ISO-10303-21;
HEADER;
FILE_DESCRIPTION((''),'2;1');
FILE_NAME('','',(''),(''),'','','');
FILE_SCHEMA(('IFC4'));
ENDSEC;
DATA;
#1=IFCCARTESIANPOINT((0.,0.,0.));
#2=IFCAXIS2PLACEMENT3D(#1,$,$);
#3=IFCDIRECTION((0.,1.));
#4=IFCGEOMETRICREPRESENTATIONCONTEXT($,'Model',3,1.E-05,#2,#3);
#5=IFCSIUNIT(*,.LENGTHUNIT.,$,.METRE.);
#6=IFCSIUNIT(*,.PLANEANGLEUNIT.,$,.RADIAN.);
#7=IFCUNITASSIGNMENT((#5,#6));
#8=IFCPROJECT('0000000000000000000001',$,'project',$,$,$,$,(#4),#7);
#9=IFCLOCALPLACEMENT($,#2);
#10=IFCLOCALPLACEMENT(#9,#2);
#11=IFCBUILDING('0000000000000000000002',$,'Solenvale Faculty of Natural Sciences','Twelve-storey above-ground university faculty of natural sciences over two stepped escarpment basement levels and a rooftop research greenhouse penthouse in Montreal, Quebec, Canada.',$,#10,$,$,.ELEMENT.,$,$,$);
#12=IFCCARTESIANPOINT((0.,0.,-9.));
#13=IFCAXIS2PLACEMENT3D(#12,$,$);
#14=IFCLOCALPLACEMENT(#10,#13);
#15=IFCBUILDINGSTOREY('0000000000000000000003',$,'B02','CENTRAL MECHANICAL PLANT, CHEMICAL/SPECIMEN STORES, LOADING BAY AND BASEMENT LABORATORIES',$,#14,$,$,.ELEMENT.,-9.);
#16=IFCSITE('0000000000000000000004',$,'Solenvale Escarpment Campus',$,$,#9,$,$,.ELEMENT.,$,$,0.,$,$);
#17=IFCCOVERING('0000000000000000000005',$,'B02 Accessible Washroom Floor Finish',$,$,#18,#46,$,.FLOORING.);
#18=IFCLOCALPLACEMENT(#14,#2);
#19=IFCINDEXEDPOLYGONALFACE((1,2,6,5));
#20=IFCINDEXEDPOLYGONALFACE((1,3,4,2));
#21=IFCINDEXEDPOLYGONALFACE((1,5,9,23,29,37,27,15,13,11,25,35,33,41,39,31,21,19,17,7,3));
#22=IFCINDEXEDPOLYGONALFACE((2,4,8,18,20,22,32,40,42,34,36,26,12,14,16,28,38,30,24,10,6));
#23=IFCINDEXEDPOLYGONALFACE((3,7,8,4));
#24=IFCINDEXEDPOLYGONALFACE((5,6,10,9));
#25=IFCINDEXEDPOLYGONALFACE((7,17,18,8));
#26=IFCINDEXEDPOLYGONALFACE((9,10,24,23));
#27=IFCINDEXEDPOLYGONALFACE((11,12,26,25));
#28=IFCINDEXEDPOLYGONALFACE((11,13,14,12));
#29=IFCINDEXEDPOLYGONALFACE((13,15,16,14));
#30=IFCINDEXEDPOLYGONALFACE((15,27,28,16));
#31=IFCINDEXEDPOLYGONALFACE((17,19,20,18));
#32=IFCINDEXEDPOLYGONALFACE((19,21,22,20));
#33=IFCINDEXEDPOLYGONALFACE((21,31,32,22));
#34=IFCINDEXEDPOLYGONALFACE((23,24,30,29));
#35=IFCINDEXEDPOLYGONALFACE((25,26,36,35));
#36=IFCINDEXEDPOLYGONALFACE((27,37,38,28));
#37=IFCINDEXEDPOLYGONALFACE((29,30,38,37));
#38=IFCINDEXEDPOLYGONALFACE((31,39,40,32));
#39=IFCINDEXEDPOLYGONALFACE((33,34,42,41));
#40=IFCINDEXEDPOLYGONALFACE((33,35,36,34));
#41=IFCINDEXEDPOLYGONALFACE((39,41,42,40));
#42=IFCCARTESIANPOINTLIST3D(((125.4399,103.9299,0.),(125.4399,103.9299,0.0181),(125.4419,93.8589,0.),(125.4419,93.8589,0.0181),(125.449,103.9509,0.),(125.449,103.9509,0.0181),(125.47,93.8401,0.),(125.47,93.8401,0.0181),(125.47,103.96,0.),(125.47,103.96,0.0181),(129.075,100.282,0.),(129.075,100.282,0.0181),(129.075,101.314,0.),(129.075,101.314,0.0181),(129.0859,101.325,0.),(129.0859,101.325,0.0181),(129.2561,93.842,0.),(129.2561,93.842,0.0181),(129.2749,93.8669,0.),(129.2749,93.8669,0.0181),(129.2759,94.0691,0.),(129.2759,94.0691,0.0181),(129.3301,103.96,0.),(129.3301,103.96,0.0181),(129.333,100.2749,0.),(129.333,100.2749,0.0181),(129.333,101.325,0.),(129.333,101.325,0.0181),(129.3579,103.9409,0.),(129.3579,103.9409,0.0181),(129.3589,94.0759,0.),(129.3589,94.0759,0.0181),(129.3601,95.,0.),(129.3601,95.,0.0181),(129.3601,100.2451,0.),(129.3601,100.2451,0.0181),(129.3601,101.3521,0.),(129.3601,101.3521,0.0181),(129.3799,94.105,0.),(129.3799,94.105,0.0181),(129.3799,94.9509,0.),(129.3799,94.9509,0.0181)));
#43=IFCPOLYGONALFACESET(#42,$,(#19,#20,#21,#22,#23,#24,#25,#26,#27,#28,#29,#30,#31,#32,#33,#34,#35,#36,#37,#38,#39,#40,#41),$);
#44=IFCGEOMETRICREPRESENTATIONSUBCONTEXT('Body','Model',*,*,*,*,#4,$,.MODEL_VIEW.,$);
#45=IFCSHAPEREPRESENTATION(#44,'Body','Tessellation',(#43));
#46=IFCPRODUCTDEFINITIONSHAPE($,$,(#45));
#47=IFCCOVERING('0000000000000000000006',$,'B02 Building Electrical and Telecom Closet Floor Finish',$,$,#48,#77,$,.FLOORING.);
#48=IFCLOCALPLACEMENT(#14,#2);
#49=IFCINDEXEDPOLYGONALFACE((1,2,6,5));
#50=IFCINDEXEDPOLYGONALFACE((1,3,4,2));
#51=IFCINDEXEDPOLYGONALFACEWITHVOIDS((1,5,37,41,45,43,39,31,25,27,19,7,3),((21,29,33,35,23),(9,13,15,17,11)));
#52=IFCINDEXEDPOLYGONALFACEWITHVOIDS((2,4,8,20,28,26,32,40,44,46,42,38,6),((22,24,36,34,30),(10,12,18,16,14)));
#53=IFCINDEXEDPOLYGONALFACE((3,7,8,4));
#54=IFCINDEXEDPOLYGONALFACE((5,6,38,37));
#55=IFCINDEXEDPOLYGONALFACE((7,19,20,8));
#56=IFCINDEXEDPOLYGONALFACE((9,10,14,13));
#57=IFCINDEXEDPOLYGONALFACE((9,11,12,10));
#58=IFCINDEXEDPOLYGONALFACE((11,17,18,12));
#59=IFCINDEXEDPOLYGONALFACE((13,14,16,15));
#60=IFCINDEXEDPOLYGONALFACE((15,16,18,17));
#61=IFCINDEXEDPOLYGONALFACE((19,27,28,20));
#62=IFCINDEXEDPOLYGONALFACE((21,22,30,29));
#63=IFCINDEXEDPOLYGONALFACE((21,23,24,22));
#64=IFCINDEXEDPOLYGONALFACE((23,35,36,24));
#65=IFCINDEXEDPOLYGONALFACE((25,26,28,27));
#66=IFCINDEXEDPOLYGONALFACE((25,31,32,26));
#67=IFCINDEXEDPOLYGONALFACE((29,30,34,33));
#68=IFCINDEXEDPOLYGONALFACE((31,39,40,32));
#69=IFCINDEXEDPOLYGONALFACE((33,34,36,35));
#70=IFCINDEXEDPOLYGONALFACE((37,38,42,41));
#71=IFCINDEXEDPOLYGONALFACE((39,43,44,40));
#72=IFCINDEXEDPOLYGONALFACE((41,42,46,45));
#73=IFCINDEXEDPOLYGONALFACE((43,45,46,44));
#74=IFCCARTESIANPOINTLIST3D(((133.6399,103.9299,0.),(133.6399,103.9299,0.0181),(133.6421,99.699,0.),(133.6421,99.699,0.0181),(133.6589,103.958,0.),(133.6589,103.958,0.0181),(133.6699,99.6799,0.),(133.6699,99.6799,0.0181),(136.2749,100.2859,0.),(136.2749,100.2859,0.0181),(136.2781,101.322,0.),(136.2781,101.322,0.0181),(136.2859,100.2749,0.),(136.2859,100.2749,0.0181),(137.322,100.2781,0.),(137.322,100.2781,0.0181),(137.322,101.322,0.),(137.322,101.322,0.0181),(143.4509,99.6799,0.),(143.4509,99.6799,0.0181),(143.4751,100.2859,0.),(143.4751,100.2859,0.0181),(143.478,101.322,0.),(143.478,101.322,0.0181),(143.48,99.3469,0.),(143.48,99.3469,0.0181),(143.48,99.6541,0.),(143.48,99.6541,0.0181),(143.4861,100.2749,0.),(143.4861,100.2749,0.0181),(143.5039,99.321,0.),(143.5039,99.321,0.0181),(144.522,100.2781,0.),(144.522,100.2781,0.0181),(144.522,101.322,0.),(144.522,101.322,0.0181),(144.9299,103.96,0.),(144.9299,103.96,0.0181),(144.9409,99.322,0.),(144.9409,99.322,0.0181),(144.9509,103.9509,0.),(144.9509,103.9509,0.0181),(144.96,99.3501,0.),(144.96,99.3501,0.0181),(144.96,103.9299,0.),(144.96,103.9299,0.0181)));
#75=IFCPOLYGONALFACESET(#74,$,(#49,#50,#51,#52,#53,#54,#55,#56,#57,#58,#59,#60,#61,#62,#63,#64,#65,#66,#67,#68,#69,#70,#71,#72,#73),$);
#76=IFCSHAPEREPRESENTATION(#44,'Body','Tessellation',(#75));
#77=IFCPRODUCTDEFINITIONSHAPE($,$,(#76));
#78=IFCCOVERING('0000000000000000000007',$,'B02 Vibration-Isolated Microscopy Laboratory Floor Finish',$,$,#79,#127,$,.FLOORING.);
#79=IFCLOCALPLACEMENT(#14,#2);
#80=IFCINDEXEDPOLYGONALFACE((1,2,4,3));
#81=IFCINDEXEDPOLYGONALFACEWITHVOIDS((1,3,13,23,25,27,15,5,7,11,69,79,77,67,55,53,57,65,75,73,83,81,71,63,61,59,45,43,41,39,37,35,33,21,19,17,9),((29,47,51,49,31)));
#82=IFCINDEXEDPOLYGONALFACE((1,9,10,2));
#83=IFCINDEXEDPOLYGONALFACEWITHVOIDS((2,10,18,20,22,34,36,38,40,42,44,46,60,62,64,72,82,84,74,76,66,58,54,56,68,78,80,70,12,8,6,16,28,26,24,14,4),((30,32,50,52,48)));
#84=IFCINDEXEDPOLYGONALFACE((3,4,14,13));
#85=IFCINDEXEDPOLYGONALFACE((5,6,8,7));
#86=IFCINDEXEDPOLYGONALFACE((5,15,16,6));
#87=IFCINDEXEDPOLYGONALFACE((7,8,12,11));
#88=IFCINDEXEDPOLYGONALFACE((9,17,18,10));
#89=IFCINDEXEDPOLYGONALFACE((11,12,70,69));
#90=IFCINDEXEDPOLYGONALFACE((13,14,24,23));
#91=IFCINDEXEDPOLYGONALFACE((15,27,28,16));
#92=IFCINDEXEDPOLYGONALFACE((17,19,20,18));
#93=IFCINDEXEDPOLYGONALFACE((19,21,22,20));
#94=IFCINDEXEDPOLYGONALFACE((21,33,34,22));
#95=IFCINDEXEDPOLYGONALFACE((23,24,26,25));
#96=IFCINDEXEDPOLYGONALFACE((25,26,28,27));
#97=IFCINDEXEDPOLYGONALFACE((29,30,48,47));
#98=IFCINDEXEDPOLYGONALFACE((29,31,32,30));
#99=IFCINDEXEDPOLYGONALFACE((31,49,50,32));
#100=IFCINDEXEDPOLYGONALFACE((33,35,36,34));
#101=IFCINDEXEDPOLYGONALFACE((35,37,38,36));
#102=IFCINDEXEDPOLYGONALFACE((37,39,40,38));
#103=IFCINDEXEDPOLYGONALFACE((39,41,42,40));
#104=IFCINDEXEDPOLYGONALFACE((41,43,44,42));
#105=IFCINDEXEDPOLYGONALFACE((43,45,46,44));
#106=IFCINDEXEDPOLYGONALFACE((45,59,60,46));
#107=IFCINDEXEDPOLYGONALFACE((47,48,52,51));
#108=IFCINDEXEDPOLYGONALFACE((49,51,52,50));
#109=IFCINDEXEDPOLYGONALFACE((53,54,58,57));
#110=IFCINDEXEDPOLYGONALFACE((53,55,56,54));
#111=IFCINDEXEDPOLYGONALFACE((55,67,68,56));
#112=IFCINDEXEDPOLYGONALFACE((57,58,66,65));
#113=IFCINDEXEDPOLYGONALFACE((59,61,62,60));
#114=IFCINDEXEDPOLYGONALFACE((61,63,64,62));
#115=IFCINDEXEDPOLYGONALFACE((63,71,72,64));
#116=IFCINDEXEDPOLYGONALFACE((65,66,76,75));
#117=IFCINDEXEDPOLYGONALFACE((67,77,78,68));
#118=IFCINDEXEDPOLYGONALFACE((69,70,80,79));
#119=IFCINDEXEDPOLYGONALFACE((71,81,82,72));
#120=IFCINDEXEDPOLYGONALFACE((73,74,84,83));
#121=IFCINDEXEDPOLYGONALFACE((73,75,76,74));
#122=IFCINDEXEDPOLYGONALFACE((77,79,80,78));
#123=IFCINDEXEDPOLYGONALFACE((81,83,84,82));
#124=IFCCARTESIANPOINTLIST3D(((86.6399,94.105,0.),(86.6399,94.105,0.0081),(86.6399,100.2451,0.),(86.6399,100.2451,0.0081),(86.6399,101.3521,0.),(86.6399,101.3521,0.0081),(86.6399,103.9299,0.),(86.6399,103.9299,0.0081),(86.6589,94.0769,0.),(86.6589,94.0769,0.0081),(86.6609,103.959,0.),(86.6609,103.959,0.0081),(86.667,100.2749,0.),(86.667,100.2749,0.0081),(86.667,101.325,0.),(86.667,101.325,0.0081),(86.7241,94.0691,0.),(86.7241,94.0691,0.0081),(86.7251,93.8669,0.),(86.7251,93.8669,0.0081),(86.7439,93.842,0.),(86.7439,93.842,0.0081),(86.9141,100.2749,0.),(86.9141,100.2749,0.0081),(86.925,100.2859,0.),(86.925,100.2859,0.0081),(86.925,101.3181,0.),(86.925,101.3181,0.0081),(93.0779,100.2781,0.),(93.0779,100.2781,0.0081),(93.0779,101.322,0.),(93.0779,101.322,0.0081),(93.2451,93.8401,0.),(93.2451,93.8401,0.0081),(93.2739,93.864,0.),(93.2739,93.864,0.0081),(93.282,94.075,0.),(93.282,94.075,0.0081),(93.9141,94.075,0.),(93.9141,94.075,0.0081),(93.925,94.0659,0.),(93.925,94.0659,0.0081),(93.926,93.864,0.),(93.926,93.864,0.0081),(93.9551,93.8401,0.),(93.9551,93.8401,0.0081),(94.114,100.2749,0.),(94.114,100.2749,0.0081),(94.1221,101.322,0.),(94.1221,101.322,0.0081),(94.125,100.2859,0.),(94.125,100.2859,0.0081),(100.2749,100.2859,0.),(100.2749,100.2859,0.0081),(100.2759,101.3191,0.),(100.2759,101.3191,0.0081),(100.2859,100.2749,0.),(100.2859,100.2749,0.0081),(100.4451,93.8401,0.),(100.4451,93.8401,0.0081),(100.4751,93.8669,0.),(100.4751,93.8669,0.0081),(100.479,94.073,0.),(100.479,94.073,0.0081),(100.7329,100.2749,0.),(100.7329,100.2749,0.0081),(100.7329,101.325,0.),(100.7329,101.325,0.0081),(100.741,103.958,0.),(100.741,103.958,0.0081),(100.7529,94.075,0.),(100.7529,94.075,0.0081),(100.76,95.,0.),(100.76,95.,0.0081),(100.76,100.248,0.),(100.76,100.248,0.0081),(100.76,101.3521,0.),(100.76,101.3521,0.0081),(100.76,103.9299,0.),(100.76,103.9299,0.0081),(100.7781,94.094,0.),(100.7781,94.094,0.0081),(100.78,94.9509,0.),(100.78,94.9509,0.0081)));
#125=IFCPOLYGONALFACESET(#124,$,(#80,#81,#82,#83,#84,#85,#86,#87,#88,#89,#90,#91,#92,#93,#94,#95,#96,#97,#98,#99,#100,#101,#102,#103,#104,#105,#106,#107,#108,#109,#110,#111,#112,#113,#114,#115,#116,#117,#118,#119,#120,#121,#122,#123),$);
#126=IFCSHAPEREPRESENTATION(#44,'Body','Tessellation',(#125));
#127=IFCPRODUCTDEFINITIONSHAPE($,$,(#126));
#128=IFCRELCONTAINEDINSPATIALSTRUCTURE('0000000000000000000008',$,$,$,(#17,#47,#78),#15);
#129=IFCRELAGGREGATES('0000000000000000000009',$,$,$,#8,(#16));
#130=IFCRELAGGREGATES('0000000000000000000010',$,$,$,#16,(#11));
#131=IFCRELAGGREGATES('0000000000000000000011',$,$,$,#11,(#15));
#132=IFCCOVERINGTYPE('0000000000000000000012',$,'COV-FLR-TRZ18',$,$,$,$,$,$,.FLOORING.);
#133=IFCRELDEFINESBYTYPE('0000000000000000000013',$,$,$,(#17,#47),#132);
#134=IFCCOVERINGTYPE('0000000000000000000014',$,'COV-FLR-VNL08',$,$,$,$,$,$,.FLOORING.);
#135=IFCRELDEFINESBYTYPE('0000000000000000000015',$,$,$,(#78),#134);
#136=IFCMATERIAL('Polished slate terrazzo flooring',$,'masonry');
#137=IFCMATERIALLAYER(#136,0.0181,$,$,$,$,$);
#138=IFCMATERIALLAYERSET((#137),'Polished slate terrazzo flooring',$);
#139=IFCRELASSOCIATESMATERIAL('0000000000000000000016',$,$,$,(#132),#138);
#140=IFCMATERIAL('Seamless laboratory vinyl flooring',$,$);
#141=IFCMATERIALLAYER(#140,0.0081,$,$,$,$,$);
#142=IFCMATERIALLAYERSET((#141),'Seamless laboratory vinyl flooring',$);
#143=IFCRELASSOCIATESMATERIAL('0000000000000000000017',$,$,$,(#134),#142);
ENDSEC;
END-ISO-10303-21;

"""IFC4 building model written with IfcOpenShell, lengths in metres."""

from ifc_helpers import new_model, si_unit, direction, frame, origin, place, context, subcontext, project, spatial, polyline, outline, extrude, material, layer, layer_set, type_object, element, save


model = new_model("IFC4")

# Units and contexts
model_context = context("Model", 3, precision=1e-05, world=origin(), true_north=direction((0.0, 1.0)))
body_context = subcontext(model_context, "Body", "Model", "MODEL_VIEW")
ifc_project = project(units=[si_unit("LENGTHUNIT", "METRE"), si_unit("PLANEANGLEUNIT", "RADIAN")], contexts=[model_context])

# Site, building, storey
site_placement = place(None, origin())
site = spatial("IfcSite", under=ifc_project, at=site_placement, Name="Solenvale Escarpment Campus", CompositionType="ELEMENT", RefElevation=0.0)
building_placement = place(site_placement, origin())
building = spatial("IfcBuilding", under=site, at=building_placement, Name="Solenvale Faculty of Natural Sciences", Description="Twelve-storey above-ground university faculty of natural sciences over two stepped escarpment basement levels and a rooftop research greenhouse penthouse in Montreal, Quebec, Canada.", CompositionType="ELEMENT")
storey_placement = place(building_placement, frame((0.0, 0.0, -9.0)))
storey = spatial("IfcBuildingStorey", under=building, at=storey_placement, Name="B02", Description="CENTRAL MECHANICAL PLANT, CHEMICAL/SPECIMEN STORES, LOADING BAY AND BASEMENT LABORATORIES", CompositionType="ELEMENT", Elevation=-9.0)

# Coverings
ifc_material_1 = material(Name="Polished slate terrazzo flooring", Category="masonry")
ifc_layer_1 = layer(ifc_material_1, 0.0181)
ifc_layer_set_1 = layer_set([ifc_layer_1], Name="Polished slate terrazzo flooring")
covering_type_1 = type_object("IfcCoveringType", Name="COV-FLR-TRZ18", PredefinedType="FLOORING", material=ifc_layer_set_1)
covering_1_placement = place(storey_placement, origin())
element("IfcCovering", 1, at=covering_1_placement, inside=storey, type_object=covering_type_1, Name="B02 Accessible Washroom Floor Finish", PredefinedType="FLOORING", context=body_context, shape_type="SweptSolid", body=[
    extrude(outline(polyline([(125.4399, 103.9299), (125.449, 103.9509), (125.47, 103.96), (129.3301, 103.96), (129.3579, 103.9409), (129.3601, 101.3521), (129.333, 101.325), (129.0859, 101.325), (129.075, 101.314), (129.075, 100.282), (129.333, 100.2749), (129.3601, 100.2451), (129.3601, 95.0), (129.3799, 94.9509), (129.3799, 94.105), (129.3589, 94.0759), (129.2759, 94.0691), (129.2749, 93.8669), (129.2561, 93.842), (125.47, 93.8401), (125.4419, 93.8589), (125.4399, 103.9299)])), origin(), (0.0, 0.0, 1.0), 0.0181),
])
covering_2_placement = place(storey_placement, origin())
element("IfcCovering", 2, at=covering_2_placement, inside=storey, type_object=covering_type_1, Name="B02 Building Electrical and Telecom Closet Floor Finish", PredefinedType="FLOORING", context=body_context, shape_type="SweptSolid", body=[
    extrude(outline(polyline([(144.9299, 103.96), (144.9509, 103.9509), (144.96, 103.9299), (144.96, 99.3501), (144.9409, 99.322), (143.5039, 99.321), (143.48, 99.3469), (143.48, 99.6541), (143.4509, 99.6799), (133.6699, 99.6799), (133.6421, 99.699), (133.6399, 103.9299), (133.6589, 103.958), (144.9299, 103.96)]), holes=[polyline([(143.4751, 100.2859), (143.4861, 100.2749), (144.522, 100.2781), (144.522, 101.322), (143.478, 101.322), (143.4751, 100.2859)]), polyline([(136.2749, 100.2859), (136.2859, 100.2749), (137.322, 100.2781), (137.322, 101.322), (136.2781, 101.322), (136.2749, 100.2859)])]), origin(), (0.0, 0.0, 1.0), 0.0181),
])
ifc_material_2 = material(Name="Seamless laboratory vinyl flooring")
ifc_layer_2 = layer(ifc_material_2, 0.0081)
ifc_layer_set_2 = layer_set([ifc_layer_2], Name="Seamless laboratory vinyl flooring")
covering_type_2 = type_object("IfcCoveringType", Name="COV-FLR-VNL08", PredefinedType="FLOORING", material=ifc_layer_set_2)
covering_3_placement = place(storey_placement, origin())
element("IfcCovering", 3, at=covering_3_placement, inside=storey, type_object=covering_type_2, Name="B02 Vibration-Isolated Microscopy Laboratory Floor Finish", PredefinedType="FLOORING", context=body_context, shape_type="SweptSolid", body=[
    extrude(outline(polyline([(86.6399, 100.2451), (86.667, 100.2749), (86.9141, 100.2749), (86.925, 100.2859), (86.925, 101.3181), (86.667, 101.325), (86.6399, 101.3521), (86.6399, 103.9299), (86.6609, 103.959), (100.741, 103.958), (100.76, 103.9299), (100.76, 101.3521), (100.7329, 101.325), (100.2759, 101.3191), (100.2749, 100.2859), (100.2859, 100.2749), (100.7329, 100.2749), (100.76, 100.248), (100.76, 95.0), (100.78, 94.9509), (100.7781, 94.094), (100.7529, 94.075), (100.479, 94.073), (100.4751, 93.8669), (100.4451, 93.8401), (93.9551, 93.8401), (93.926, 93.864), (93.925, 94.0659), (93.9141, 94.075), (93.282, 94.075), (93.2739, 93.864), (93.2451, 93.8401), (86.7439, 93.842), (86.7251, 93.8669), (86.7241, 94.0691), (86.6589, 94.0769), (86.6399, 94.105), (86.6399, 100.2451)]), holes=[polyline([(94.114, 100.2749), (94.125, 100.2859), (94.1221, 101.322), (93.0779, 101.322), (93.0779, 100.2781), (94.114, 100.2749)])]), origin(), (0.0, 0.0, 1.0), 0.0081),
])

save(model, "model.ifc")
